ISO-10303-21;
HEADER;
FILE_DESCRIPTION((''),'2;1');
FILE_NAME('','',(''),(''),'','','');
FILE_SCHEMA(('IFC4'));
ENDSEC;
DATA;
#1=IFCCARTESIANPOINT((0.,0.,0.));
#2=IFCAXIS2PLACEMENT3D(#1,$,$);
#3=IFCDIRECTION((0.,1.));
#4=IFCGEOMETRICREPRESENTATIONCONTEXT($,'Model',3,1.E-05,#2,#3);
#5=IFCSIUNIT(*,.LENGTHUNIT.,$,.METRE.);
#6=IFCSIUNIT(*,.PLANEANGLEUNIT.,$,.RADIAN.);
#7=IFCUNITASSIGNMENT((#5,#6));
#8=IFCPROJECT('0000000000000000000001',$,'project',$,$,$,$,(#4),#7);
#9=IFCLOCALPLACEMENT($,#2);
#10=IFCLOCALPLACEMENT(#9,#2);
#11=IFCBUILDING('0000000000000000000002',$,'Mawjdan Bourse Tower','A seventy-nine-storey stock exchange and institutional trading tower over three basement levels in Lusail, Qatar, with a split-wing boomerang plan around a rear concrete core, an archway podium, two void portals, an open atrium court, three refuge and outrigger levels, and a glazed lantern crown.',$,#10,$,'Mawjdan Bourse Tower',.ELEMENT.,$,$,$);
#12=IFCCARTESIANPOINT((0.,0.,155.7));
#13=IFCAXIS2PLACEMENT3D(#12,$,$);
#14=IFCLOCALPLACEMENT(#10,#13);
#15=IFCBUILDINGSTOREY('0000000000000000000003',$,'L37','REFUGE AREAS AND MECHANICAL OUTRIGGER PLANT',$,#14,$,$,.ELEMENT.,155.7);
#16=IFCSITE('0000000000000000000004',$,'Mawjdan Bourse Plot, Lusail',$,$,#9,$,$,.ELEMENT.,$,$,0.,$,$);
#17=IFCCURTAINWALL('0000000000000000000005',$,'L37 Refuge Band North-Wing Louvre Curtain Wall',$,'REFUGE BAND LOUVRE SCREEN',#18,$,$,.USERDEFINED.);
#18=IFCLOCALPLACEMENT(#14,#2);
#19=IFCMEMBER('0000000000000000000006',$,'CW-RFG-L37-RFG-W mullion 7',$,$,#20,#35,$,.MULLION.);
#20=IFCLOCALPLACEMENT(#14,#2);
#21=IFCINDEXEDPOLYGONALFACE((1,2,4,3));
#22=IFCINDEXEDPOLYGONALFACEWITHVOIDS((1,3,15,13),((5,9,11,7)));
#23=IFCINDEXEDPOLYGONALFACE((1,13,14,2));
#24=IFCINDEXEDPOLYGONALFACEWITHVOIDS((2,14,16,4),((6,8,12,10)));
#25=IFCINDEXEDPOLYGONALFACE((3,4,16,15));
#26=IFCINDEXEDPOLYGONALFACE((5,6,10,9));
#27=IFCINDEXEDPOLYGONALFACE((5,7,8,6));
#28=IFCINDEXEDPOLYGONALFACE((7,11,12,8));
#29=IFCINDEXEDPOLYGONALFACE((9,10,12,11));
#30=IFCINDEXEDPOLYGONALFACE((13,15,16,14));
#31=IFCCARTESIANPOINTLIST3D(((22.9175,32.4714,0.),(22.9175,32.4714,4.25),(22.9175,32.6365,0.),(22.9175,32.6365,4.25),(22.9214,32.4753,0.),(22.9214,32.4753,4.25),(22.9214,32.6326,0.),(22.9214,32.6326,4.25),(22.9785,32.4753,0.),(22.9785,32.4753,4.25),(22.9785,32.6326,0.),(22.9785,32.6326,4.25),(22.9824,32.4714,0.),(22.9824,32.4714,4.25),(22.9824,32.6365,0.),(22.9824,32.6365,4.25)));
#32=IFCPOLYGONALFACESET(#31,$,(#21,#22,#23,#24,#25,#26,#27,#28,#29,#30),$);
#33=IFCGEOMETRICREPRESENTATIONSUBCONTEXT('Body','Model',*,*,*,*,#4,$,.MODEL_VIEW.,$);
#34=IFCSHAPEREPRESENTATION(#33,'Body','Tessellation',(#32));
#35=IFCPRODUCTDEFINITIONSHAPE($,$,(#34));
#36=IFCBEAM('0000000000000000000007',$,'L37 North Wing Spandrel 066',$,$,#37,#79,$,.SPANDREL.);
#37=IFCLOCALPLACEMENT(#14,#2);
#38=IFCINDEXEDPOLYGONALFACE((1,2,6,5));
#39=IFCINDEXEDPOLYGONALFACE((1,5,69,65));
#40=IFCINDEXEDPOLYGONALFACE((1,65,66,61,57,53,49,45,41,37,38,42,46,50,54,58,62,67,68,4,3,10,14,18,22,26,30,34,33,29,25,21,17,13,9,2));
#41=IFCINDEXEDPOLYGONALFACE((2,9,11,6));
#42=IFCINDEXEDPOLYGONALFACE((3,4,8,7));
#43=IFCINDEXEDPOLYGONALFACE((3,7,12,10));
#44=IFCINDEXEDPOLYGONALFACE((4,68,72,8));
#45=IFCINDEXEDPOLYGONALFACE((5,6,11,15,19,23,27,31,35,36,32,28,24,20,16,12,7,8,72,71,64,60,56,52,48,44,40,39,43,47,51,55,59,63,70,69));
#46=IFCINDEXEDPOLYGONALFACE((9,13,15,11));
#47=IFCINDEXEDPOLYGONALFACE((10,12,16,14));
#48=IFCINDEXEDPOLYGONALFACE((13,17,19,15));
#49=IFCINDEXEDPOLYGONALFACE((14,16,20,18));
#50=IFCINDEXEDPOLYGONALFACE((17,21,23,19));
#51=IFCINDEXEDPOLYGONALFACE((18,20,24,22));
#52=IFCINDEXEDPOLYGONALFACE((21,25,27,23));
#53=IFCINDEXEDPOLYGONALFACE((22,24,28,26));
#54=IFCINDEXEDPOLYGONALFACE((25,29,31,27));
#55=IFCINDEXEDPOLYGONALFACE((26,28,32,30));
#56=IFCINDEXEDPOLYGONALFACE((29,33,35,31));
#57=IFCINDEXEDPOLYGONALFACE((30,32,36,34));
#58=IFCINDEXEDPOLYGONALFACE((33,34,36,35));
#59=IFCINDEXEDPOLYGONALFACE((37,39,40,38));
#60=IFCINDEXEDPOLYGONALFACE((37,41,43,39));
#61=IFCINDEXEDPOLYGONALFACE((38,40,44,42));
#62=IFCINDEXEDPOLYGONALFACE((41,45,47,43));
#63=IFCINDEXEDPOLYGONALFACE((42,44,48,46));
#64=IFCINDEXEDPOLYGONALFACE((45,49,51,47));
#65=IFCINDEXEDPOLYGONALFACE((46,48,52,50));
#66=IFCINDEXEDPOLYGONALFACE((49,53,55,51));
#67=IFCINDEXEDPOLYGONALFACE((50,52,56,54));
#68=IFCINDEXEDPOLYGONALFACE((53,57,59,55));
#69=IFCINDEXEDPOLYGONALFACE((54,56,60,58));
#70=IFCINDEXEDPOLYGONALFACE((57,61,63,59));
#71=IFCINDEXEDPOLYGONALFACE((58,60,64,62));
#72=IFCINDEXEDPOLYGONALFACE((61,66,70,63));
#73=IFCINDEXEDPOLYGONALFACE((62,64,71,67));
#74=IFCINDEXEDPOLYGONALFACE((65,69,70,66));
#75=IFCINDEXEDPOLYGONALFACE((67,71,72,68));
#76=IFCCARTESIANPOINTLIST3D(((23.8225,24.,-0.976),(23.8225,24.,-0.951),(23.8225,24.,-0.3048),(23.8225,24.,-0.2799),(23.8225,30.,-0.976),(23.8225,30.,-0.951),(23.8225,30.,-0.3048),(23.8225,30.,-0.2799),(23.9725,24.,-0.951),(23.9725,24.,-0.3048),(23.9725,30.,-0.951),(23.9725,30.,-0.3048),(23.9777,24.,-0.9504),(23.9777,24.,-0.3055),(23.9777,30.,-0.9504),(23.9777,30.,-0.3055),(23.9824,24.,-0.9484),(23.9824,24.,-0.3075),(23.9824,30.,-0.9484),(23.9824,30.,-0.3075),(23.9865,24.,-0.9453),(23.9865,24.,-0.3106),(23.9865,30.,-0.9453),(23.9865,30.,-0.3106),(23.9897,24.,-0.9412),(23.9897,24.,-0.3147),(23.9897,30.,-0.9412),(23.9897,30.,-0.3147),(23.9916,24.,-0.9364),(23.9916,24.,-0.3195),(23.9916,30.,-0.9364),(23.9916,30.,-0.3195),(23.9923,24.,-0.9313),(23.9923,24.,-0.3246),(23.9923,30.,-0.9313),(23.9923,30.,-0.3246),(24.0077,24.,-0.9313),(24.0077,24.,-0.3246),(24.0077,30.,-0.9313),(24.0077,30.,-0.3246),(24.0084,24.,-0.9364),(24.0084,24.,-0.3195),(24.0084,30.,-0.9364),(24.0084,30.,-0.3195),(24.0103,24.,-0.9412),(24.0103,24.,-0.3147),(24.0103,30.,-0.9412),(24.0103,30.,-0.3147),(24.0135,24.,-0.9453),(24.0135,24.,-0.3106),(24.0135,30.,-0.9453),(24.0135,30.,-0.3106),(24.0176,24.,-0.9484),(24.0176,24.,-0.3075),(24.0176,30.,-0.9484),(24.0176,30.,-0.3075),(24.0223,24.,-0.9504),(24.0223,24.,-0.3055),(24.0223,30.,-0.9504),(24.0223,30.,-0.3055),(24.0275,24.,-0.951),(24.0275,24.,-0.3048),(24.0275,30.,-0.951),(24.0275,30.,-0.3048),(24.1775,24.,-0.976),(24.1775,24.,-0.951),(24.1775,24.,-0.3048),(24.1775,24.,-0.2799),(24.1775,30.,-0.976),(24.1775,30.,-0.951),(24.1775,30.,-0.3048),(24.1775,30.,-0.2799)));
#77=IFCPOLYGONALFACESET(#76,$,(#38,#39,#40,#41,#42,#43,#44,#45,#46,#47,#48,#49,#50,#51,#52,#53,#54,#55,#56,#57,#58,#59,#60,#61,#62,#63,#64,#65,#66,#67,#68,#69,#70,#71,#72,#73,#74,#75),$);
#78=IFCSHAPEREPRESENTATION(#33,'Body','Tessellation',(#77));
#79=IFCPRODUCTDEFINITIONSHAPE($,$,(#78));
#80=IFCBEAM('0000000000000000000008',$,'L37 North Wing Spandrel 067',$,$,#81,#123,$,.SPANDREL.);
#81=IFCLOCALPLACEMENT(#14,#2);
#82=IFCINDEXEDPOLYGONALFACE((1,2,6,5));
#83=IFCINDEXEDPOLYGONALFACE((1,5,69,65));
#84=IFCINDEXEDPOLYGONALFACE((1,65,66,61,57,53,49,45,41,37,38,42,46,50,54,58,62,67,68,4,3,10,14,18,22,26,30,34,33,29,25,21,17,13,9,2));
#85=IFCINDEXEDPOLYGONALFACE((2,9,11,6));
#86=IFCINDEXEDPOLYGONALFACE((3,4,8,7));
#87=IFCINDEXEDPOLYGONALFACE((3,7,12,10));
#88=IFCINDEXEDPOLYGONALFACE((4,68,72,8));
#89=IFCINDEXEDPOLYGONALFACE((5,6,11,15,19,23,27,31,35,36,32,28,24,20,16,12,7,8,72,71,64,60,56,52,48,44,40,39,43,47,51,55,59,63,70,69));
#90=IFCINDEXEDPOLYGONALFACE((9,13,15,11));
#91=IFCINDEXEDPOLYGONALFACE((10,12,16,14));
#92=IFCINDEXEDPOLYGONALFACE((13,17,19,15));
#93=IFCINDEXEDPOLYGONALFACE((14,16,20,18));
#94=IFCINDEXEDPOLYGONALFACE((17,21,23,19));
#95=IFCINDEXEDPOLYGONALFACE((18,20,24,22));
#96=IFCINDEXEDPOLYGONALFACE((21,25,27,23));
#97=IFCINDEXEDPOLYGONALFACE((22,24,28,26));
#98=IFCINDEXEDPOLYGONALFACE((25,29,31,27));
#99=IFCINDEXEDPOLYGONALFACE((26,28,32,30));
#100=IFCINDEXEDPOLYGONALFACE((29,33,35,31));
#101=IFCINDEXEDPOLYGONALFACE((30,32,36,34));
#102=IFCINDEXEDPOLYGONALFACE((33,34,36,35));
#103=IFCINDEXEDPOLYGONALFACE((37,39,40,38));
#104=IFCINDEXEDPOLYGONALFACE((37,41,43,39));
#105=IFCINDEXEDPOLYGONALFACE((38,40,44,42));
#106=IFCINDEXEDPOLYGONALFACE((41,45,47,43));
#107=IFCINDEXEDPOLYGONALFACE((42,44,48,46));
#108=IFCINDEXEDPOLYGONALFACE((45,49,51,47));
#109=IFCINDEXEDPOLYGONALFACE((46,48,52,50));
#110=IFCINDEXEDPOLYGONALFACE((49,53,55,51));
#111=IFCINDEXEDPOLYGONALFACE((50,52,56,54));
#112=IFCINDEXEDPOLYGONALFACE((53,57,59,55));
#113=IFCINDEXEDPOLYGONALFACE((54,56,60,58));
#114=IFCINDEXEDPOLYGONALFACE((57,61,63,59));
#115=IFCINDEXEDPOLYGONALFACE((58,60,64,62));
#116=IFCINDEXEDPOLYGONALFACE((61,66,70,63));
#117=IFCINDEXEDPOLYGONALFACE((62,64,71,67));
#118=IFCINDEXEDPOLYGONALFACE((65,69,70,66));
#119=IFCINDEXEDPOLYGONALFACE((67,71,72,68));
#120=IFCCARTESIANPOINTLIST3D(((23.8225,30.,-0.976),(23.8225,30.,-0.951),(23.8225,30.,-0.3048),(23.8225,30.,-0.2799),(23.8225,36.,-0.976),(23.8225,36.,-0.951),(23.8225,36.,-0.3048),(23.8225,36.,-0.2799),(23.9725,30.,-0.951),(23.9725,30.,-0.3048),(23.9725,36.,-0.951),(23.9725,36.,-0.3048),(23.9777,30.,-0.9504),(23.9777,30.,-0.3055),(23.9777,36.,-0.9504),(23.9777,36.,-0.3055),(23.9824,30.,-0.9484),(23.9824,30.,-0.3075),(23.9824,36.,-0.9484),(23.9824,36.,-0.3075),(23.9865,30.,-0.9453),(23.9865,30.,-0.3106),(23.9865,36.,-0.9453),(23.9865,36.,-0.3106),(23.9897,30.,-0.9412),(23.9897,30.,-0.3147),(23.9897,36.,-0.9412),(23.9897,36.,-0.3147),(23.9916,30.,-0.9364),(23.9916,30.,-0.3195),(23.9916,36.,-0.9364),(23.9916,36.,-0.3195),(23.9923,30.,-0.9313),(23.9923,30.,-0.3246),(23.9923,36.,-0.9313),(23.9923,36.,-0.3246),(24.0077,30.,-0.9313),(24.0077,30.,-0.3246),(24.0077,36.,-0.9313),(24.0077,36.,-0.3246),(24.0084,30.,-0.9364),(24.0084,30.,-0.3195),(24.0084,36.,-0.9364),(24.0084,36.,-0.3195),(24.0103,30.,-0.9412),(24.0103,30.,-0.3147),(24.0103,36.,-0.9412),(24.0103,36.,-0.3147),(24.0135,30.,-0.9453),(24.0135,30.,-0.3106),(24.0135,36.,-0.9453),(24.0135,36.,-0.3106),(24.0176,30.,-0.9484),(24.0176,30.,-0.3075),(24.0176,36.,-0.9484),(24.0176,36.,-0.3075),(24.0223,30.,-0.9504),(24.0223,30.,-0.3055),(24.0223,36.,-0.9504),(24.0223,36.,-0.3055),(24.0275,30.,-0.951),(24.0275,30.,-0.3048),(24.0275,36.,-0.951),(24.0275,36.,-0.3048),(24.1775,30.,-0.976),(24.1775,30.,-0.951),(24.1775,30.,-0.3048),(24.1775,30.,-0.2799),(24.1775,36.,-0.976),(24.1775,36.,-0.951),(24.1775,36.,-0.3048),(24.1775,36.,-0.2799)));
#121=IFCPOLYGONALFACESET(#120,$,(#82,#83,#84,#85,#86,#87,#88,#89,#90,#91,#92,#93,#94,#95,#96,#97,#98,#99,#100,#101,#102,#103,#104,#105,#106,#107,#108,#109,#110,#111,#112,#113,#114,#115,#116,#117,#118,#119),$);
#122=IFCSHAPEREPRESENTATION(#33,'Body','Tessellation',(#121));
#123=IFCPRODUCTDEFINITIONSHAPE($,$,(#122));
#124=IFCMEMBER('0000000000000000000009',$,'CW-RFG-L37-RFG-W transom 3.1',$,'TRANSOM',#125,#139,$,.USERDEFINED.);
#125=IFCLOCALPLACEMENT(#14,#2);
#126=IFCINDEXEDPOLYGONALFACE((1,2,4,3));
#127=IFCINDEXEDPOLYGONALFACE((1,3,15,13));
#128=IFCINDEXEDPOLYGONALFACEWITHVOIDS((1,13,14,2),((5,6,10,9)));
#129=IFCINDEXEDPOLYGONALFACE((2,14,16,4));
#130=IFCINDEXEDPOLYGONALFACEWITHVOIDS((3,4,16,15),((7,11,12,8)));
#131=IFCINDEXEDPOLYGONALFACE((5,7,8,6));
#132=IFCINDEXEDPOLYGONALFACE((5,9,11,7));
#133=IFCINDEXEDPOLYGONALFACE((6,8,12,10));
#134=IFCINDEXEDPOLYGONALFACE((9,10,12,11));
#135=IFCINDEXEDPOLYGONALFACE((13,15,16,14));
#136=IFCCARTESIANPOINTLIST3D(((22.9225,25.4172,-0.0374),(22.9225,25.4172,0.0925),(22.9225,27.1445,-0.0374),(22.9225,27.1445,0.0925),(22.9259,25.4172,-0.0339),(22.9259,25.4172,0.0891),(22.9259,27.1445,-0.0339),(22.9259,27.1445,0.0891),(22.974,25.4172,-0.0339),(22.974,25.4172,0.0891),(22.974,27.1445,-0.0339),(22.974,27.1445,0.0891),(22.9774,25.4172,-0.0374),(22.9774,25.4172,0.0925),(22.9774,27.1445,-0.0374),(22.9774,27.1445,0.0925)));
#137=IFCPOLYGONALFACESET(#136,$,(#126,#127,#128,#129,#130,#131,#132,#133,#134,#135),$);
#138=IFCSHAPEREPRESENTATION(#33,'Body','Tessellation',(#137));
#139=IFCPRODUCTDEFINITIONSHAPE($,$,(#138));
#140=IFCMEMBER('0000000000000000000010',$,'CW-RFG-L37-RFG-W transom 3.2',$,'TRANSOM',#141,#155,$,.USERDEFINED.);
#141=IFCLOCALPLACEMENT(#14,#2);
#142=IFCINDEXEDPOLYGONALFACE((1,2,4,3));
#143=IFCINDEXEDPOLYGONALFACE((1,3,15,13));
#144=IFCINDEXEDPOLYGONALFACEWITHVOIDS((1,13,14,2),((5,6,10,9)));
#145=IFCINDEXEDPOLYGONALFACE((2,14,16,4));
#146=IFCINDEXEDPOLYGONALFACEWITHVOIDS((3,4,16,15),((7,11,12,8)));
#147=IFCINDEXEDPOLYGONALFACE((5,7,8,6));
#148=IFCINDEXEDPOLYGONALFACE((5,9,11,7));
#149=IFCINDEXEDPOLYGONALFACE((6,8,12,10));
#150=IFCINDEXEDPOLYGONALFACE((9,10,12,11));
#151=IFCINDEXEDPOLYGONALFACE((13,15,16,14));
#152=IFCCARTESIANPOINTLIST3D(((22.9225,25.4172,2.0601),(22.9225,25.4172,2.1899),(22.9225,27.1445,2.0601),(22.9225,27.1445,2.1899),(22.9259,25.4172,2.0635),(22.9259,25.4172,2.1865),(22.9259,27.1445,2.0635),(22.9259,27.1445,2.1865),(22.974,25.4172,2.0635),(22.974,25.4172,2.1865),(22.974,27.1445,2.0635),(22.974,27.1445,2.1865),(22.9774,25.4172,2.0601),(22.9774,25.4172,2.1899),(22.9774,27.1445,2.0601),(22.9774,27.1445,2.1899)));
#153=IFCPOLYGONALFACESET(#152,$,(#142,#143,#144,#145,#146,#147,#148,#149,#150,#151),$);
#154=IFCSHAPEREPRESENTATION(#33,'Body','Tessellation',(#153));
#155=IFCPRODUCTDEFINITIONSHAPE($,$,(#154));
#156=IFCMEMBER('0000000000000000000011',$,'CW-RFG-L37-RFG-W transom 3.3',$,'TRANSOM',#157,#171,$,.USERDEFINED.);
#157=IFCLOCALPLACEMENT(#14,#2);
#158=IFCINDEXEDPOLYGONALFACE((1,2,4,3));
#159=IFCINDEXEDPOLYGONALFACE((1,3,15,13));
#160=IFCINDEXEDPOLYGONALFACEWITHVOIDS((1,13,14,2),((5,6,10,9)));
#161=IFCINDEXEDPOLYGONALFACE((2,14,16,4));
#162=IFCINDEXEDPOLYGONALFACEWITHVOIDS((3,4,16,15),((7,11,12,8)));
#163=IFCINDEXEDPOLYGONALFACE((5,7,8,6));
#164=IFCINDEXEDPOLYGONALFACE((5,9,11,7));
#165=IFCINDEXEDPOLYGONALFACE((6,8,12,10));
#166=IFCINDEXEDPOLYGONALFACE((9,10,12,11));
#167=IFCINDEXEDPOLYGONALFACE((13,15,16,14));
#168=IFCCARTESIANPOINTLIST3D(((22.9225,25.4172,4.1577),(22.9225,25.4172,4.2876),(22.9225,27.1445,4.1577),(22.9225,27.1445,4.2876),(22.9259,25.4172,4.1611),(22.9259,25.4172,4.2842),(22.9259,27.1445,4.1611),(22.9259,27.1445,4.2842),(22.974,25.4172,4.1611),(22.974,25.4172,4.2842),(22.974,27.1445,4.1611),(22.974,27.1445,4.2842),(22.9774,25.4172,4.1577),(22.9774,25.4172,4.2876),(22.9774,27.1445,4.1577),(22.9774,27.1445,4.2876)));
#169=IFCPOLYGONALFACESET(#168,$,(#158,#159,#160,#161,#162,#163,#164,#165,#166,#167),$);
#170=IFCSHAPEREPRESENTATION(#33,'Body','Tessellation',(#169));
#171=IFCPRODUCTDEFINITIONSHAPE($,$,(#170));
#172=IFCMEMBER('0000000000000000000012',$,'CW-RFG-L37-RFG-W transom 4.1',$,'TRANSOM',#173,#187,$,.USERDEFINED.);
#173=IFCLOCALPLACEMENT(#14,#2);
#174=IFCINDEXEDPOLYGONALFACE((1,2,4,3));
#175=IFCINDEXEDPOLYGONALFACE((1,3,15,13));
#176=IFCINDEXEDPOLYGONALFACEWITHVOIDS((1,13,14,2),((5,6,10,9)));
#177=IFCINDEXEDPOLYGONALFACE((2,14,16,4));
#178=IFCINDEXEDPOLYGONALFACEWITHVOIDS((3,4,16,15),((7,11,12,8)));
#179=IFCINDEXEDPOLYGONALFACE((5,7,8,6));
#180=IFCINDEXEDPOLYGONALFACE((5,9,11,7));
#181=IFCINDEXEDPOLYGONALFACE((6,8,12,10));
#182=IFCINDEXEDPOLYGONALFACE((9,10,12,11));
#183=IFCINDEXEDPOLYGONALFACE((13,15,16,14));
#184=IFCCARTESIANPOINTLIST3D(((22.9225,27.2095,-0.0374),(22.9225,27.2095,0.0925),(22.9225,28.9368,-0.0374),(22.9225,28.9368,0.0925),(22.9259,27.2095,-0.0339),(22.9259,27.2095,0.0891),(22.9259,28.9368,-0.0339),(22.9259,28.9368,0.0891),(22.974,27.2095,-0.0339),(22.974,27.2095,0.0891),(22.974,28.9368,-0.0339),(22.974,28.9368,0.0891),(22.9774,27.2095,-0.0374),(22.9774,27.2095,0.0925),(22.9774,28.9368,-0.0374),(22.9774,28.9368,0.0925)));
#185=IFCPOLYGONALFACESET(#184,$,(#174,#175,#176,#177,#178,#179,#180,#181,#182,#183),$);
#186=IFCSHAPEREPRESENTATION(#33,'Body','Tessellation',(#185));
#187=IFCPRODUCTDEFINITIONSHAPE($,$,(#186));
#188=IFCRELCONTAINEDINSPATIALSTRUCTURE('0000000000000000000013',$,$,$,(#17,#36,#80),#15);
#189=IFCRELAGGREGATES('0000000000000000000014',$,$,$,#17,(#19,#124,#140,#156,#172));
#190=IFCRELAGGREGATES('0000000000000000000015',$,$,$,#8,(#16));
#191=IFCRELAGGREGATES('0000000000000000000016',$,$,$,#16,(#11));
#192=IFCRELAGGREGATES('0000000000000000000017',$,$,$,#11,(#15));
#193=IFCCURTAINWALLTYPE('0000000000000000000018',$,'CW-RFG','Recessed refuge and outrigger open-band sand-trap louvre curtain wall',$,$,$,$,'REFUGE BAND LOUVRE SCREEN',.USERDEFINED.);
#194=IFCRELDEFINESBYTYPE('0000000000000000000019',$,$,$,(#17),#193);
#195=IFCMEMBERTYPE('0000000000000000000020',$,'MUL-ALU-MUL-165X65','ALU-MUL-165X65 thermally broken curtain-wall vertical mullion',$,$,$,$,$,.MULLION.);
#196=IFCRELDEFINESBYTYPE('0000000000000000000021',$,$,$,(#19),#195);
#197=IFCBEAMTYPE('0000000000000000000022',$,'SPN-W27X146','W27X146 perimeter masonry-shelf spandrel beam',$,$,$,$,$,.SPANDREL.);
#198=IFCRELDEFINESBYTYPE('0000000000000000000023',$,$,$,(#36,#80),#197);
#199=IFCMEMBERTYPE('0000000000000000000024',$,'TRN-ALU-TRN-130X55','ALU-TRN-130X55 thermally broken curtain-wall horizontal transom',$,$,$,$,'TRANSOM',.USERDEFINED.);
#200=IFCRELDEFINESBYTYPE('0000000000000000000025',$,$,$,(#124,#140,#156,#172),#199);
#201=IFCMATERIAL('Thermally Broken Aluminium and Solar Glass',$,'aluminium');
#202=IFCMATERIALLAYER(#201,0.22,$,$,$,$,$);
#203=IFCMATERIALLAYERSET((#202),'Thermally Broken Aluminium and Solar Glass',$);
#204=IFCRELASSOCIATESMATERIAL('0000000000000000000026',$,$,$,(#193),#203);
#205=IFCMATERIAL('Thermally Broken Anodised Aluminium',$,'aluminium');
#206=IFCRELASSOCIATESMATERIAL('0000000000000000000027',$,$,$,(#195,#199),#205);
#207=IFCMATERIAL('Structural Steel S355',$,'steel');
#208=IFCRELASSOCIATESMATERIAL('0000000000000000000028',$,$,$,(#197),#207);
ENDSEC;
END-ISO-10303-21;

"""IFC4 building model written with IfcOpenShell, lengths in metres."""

from ifc_helpers import new_model, si_unit, direction, frame, origin, origin_2d, place, context, subcontext, project, spatial, hollow_rectangle, i_section, extrude, material, layer, layer_set, material_profile, profile_set, type_object, element, aggregate, save


model = new_model("IFC4")

# Units and contexts
model_context = context("Model", 3, precision=1e-05, world=origin(), true_north=direction((0.0, 1.0)))
body_context = subcontext(model_context, "Body", "Model", "MODEL_VIEW")
ifc_project = project(units=[si_unit("LENGTHUNIT", "METRE"), si_unit("PLANEANGLEUNIT", "RADIAN")], contexts=[model_context])

# Site, building, storey
site_placement = place(None, origin())
site = spatial("IfcSite", under=ifc_project, at=site_placement, Name="Mawjdan Bourse Plot, Lusail", CompositionType="ELEMENT", RefElevation=0.0)
building_placement = place(site_placement, origin())
building = spatial("IfcBuilding", under=site, at=building_placement, Name="Mawjdan Bourse Tower", Description="A seventy-nine-storey stock exchange and institutional trading tower over three basement levels in Lusail, Qatar, with a split-wing boomerang plan around a rear concrete core, an archway podium, two void portals, an open atrium court, three refuge and outrigger levels, and a glazed lantern crown.", LongName="Mawjdan Bourse Tower", CompositionType="ELEMENT")
storey_placement = place(building_placement, frame((0.0, 0.0, 155.7)))
storey = spatial("IfcBuildingStorey", under=building, at=storey_placement, Name="L37", Description="REFUGE AREAS AND MECHANICAL OUTRIGGER PLANT", CompositionType="ELEMENT", Elevation=155.7)

# Curtain wall, member
ifc_material_1 = material(Name="Thermally Broken Aluminium and Solar Glass", Category="aluminium")
ifc_layer_1 = layer(ifc_material_1, 0.22)
ifc_layer_set_1 = layer_set([ifc_layer_1], Name="Thermally Broken Aluminium and Solar Glass")
curtain_wall_type = type_object("IfcCurtainWallType", Name="CW-RFG", Description="Recessed refuge and outrigger open-band sand-trap louvre curtain wall", ElementType="REFUGE BAND LOUVRE SCREEN", PredefinedType="USERDEFINED", material=ifc_layer_set_1)
curtain_wall_placement = place(storey_placement, origin())
curtain_wall = element("IfcCurtainWall", 1, at=curtain_wall_placement, inside=storey, type_object=curtain_wall_type, Name="L37 Refuge Band North-Wing Louvre Curtain Wall", ObjectType="REFUGE BAND LOUVRE SCREEN", PredefinedType="USERDEFINED")
ifc_material_2 = material(Name="Thermally Broken Anodised Aluminium", Category="aluminium")
ifc_material_profile_1 = material_profile(ifc_material_2, hollow_rectangle(XDim=0.0649, YDim=0.165, WallThickness=0.0039, at=origin_2d()), Name="ALU-MUL-165X65")
ifc_profile_set_1 = profile_set([ifc_material_profile_1], Name="Thermally Broken Anodised Aluminium")
member_type_1 = type_object("IfcMemberType", Name="MUL-ALU-MUL-165X65", Description="ALU-MUL-165X65 thermally broken curtain-wall vertical mullion", PredefinedType="MULLION", material=ifc_profile_set_1)
member_1_placement = place(storey_placement, frame((22.95, 32.554, 0.0), z_axis=(0.0, 0.0, 1.0), x_axis=(-1.0, 0.0, 0.0)))
member_1 = element("IfcMember", 2, at=member_1_placement, type_object=member_type_1, Name="CW-RFG-L37-RFG-W mullion 7", PredefinedType="MULLION", context=body_context, shape_type="SweptSolid", body=[
    extrude(hollow_rectangle(XDim=0.0649, YDim=0.165, WallThickness=0.0039, at=origin_2d()), origin(), (0.0, 0.0, 1.0), 4.25),
])

# Beams
ifc_material_3 = material(Name="Structural Steel S355", Category="steel")
ifc_material_profile_2 = material_profile(ifc_material_3, i_section(OverallWidth=0.355, OverallDepth=0.696, WebThickness=0.0154, FlangeThickness=0.0249, FilletRadius=0.0198, at=origin_2d()), Name="W27X146")
ifc_profile_set_2 = profile_set([ifc_material_profile_2], Name="Structural Steel S355")
beam_type = type_object("IfcBeamType", Name="SPN-W27X146", Description="W27X146 perimeter masonry-shelf spandrel beam", PredefinedType="SPANDREL", material=ifc_profile_set_2)
for number, where, z_axis, x_axis, name in (
    (3, (24.0, 24.0, -0.6279), (0.0, 1.0, 0.0), (-1.0, 0.0, 0.0), "L37 North Wing Spandrel 066"),
    (4, (24.0, 30.0, -0.6279), (0.0, 1.0, 0.0), (-1.0, 0.0, 0.0), "L37 North Wing Spandrel 067"),
):
    element("IfcBeam", number, at=place(storey_placement, frame(where, z_axis=z_axis, x_axis=x_axis)), inside=storey, type_object=beam_type, Name=name, PredefinedType="SPANDREL", context=body_context, shape_type="SweptSolid", body=[
        extrude(i_section(OverallWidth=0.355, OverallDepth=0.696, WebThickness=0.0154, FlangeThickness=0.0249, FilletRadius=0.0198, at=origin_2d()), origin(), (0.0, 0.0, 1.0), 6.0),
    ])

# Members
ifc_material_profile_3 = material_profile(ifc_material_2, hollow_rectangle(XDim=0.0549, YDim=0.1299, WallThickness=0.0034, at=origin_2d()), Name="ALU-TRN-130X55")
ifc_profile_set_3 = profile_set([ifc_material_profile_3], Name="Thermally Broken Anodised Aluminium")
member_type_2 = type_object("IfcMemberType", Name="TRN-ALU-TRN-130X55", Description="ALU-TRN-130X55 thermally broken curtain-wall horizontal transom", ElementType="TRANSOM", PredefinedType="USERDEFINED", material=ifc_profile_set_3)
member_2_placement = place(storey_placement, frame((22.95, 25.4172, 0.0276), z_axis=(0.0, 1.0, 0.0), x_axis=(-1.0, 0.0, 0.0)))
member_2 = element("IfcMember", 5, at=member_2_placement, type_object=member_type_2, Name="CW-RFG-L37-RFG-W transom 3.1", ObjectType="TRANSOM", PredefinedType="USERDEFINED", context=body_context, shape_type="SweptSolid", body=[
    extrude(hollow_rectangle(XDim=0.0549, YDim=0.1299, WallThickness=0.0034, at=origin_2d()), origin(), (0.0, 0.0, 1.0), 1.7273),
])
member_3_placement = place(storey_placement, frame((22.95, 25.4172, 2.125), z_axis=(0.0, 1.0, 0.0), x_axis=(-1.0, 0.0, 0.0)))
member_3 = element("IfcMember", 6, at=member_3_placement, type_object=member_type_2, Name="CW-RFG-L37-RFG-W transom 3.2", ObjectType="TRANSOM", PredefinedType="USERDEFINED", context=body_context, shape_type="SweptSolid", body=[
    extrude(hollow_rectangle(XDim=0.0549, YDim=0.1299, WallThickness=0.0034, at=origin_2d()), origin(), (0.0, 0.0, 1.0), 1.7273),
])
member_4_placement = place(storey_placement, frame((22.95, 25.4172, 4.2227), z_axis=(0.0, 1.0, 0.0), x_axis=(-1.0, 0.0, 0.0)))
member_4 = element("IfcMember", 7, at=member_4_placement, type_object=member_type_2, Name="CW-RFG-L37-RFG-W transom 3.3", ObjectType="TRANSOM", PredefinedType="USERDEFINED", context=body_context, shape_type="SweptSolid", body=[
    extrude(hollow_rectangle(XDim=0.0549, YDim=0.1299, WallThickness=0.0034, at=origin_2d()), origin(), (0.0, 0.0, 1.0), 1.7273),
])
member_5_placement = place(storey_placement, frame((22.95, 27.2095, 0.0276), z_axis=(0.0, 1.0, 0.0), x_axis=(-1.0, 0.0, 0.0)))
member_5 = element("IfcMember", 8, at=member_5_placement, type_object=member_type_2, Name="CW-RFG-L37-RFG-W transom 4.1", ObjectType="TRANSOM", PredefinedType="USERDEFINED", context=body_context, shape_type="SweptSolid", body=[
    extrude(hollow_rectangle(XDim=0.0549, YDim=0.1299, WallThickness=0.0034, at=origin_2d()), origin(), (0.0, 0.0, 1.0), 1.7273),
])

aggregate(curtain_wall, [member_1, member_2, member_3, member_4, member_5])

save(model, "model.ifc")
